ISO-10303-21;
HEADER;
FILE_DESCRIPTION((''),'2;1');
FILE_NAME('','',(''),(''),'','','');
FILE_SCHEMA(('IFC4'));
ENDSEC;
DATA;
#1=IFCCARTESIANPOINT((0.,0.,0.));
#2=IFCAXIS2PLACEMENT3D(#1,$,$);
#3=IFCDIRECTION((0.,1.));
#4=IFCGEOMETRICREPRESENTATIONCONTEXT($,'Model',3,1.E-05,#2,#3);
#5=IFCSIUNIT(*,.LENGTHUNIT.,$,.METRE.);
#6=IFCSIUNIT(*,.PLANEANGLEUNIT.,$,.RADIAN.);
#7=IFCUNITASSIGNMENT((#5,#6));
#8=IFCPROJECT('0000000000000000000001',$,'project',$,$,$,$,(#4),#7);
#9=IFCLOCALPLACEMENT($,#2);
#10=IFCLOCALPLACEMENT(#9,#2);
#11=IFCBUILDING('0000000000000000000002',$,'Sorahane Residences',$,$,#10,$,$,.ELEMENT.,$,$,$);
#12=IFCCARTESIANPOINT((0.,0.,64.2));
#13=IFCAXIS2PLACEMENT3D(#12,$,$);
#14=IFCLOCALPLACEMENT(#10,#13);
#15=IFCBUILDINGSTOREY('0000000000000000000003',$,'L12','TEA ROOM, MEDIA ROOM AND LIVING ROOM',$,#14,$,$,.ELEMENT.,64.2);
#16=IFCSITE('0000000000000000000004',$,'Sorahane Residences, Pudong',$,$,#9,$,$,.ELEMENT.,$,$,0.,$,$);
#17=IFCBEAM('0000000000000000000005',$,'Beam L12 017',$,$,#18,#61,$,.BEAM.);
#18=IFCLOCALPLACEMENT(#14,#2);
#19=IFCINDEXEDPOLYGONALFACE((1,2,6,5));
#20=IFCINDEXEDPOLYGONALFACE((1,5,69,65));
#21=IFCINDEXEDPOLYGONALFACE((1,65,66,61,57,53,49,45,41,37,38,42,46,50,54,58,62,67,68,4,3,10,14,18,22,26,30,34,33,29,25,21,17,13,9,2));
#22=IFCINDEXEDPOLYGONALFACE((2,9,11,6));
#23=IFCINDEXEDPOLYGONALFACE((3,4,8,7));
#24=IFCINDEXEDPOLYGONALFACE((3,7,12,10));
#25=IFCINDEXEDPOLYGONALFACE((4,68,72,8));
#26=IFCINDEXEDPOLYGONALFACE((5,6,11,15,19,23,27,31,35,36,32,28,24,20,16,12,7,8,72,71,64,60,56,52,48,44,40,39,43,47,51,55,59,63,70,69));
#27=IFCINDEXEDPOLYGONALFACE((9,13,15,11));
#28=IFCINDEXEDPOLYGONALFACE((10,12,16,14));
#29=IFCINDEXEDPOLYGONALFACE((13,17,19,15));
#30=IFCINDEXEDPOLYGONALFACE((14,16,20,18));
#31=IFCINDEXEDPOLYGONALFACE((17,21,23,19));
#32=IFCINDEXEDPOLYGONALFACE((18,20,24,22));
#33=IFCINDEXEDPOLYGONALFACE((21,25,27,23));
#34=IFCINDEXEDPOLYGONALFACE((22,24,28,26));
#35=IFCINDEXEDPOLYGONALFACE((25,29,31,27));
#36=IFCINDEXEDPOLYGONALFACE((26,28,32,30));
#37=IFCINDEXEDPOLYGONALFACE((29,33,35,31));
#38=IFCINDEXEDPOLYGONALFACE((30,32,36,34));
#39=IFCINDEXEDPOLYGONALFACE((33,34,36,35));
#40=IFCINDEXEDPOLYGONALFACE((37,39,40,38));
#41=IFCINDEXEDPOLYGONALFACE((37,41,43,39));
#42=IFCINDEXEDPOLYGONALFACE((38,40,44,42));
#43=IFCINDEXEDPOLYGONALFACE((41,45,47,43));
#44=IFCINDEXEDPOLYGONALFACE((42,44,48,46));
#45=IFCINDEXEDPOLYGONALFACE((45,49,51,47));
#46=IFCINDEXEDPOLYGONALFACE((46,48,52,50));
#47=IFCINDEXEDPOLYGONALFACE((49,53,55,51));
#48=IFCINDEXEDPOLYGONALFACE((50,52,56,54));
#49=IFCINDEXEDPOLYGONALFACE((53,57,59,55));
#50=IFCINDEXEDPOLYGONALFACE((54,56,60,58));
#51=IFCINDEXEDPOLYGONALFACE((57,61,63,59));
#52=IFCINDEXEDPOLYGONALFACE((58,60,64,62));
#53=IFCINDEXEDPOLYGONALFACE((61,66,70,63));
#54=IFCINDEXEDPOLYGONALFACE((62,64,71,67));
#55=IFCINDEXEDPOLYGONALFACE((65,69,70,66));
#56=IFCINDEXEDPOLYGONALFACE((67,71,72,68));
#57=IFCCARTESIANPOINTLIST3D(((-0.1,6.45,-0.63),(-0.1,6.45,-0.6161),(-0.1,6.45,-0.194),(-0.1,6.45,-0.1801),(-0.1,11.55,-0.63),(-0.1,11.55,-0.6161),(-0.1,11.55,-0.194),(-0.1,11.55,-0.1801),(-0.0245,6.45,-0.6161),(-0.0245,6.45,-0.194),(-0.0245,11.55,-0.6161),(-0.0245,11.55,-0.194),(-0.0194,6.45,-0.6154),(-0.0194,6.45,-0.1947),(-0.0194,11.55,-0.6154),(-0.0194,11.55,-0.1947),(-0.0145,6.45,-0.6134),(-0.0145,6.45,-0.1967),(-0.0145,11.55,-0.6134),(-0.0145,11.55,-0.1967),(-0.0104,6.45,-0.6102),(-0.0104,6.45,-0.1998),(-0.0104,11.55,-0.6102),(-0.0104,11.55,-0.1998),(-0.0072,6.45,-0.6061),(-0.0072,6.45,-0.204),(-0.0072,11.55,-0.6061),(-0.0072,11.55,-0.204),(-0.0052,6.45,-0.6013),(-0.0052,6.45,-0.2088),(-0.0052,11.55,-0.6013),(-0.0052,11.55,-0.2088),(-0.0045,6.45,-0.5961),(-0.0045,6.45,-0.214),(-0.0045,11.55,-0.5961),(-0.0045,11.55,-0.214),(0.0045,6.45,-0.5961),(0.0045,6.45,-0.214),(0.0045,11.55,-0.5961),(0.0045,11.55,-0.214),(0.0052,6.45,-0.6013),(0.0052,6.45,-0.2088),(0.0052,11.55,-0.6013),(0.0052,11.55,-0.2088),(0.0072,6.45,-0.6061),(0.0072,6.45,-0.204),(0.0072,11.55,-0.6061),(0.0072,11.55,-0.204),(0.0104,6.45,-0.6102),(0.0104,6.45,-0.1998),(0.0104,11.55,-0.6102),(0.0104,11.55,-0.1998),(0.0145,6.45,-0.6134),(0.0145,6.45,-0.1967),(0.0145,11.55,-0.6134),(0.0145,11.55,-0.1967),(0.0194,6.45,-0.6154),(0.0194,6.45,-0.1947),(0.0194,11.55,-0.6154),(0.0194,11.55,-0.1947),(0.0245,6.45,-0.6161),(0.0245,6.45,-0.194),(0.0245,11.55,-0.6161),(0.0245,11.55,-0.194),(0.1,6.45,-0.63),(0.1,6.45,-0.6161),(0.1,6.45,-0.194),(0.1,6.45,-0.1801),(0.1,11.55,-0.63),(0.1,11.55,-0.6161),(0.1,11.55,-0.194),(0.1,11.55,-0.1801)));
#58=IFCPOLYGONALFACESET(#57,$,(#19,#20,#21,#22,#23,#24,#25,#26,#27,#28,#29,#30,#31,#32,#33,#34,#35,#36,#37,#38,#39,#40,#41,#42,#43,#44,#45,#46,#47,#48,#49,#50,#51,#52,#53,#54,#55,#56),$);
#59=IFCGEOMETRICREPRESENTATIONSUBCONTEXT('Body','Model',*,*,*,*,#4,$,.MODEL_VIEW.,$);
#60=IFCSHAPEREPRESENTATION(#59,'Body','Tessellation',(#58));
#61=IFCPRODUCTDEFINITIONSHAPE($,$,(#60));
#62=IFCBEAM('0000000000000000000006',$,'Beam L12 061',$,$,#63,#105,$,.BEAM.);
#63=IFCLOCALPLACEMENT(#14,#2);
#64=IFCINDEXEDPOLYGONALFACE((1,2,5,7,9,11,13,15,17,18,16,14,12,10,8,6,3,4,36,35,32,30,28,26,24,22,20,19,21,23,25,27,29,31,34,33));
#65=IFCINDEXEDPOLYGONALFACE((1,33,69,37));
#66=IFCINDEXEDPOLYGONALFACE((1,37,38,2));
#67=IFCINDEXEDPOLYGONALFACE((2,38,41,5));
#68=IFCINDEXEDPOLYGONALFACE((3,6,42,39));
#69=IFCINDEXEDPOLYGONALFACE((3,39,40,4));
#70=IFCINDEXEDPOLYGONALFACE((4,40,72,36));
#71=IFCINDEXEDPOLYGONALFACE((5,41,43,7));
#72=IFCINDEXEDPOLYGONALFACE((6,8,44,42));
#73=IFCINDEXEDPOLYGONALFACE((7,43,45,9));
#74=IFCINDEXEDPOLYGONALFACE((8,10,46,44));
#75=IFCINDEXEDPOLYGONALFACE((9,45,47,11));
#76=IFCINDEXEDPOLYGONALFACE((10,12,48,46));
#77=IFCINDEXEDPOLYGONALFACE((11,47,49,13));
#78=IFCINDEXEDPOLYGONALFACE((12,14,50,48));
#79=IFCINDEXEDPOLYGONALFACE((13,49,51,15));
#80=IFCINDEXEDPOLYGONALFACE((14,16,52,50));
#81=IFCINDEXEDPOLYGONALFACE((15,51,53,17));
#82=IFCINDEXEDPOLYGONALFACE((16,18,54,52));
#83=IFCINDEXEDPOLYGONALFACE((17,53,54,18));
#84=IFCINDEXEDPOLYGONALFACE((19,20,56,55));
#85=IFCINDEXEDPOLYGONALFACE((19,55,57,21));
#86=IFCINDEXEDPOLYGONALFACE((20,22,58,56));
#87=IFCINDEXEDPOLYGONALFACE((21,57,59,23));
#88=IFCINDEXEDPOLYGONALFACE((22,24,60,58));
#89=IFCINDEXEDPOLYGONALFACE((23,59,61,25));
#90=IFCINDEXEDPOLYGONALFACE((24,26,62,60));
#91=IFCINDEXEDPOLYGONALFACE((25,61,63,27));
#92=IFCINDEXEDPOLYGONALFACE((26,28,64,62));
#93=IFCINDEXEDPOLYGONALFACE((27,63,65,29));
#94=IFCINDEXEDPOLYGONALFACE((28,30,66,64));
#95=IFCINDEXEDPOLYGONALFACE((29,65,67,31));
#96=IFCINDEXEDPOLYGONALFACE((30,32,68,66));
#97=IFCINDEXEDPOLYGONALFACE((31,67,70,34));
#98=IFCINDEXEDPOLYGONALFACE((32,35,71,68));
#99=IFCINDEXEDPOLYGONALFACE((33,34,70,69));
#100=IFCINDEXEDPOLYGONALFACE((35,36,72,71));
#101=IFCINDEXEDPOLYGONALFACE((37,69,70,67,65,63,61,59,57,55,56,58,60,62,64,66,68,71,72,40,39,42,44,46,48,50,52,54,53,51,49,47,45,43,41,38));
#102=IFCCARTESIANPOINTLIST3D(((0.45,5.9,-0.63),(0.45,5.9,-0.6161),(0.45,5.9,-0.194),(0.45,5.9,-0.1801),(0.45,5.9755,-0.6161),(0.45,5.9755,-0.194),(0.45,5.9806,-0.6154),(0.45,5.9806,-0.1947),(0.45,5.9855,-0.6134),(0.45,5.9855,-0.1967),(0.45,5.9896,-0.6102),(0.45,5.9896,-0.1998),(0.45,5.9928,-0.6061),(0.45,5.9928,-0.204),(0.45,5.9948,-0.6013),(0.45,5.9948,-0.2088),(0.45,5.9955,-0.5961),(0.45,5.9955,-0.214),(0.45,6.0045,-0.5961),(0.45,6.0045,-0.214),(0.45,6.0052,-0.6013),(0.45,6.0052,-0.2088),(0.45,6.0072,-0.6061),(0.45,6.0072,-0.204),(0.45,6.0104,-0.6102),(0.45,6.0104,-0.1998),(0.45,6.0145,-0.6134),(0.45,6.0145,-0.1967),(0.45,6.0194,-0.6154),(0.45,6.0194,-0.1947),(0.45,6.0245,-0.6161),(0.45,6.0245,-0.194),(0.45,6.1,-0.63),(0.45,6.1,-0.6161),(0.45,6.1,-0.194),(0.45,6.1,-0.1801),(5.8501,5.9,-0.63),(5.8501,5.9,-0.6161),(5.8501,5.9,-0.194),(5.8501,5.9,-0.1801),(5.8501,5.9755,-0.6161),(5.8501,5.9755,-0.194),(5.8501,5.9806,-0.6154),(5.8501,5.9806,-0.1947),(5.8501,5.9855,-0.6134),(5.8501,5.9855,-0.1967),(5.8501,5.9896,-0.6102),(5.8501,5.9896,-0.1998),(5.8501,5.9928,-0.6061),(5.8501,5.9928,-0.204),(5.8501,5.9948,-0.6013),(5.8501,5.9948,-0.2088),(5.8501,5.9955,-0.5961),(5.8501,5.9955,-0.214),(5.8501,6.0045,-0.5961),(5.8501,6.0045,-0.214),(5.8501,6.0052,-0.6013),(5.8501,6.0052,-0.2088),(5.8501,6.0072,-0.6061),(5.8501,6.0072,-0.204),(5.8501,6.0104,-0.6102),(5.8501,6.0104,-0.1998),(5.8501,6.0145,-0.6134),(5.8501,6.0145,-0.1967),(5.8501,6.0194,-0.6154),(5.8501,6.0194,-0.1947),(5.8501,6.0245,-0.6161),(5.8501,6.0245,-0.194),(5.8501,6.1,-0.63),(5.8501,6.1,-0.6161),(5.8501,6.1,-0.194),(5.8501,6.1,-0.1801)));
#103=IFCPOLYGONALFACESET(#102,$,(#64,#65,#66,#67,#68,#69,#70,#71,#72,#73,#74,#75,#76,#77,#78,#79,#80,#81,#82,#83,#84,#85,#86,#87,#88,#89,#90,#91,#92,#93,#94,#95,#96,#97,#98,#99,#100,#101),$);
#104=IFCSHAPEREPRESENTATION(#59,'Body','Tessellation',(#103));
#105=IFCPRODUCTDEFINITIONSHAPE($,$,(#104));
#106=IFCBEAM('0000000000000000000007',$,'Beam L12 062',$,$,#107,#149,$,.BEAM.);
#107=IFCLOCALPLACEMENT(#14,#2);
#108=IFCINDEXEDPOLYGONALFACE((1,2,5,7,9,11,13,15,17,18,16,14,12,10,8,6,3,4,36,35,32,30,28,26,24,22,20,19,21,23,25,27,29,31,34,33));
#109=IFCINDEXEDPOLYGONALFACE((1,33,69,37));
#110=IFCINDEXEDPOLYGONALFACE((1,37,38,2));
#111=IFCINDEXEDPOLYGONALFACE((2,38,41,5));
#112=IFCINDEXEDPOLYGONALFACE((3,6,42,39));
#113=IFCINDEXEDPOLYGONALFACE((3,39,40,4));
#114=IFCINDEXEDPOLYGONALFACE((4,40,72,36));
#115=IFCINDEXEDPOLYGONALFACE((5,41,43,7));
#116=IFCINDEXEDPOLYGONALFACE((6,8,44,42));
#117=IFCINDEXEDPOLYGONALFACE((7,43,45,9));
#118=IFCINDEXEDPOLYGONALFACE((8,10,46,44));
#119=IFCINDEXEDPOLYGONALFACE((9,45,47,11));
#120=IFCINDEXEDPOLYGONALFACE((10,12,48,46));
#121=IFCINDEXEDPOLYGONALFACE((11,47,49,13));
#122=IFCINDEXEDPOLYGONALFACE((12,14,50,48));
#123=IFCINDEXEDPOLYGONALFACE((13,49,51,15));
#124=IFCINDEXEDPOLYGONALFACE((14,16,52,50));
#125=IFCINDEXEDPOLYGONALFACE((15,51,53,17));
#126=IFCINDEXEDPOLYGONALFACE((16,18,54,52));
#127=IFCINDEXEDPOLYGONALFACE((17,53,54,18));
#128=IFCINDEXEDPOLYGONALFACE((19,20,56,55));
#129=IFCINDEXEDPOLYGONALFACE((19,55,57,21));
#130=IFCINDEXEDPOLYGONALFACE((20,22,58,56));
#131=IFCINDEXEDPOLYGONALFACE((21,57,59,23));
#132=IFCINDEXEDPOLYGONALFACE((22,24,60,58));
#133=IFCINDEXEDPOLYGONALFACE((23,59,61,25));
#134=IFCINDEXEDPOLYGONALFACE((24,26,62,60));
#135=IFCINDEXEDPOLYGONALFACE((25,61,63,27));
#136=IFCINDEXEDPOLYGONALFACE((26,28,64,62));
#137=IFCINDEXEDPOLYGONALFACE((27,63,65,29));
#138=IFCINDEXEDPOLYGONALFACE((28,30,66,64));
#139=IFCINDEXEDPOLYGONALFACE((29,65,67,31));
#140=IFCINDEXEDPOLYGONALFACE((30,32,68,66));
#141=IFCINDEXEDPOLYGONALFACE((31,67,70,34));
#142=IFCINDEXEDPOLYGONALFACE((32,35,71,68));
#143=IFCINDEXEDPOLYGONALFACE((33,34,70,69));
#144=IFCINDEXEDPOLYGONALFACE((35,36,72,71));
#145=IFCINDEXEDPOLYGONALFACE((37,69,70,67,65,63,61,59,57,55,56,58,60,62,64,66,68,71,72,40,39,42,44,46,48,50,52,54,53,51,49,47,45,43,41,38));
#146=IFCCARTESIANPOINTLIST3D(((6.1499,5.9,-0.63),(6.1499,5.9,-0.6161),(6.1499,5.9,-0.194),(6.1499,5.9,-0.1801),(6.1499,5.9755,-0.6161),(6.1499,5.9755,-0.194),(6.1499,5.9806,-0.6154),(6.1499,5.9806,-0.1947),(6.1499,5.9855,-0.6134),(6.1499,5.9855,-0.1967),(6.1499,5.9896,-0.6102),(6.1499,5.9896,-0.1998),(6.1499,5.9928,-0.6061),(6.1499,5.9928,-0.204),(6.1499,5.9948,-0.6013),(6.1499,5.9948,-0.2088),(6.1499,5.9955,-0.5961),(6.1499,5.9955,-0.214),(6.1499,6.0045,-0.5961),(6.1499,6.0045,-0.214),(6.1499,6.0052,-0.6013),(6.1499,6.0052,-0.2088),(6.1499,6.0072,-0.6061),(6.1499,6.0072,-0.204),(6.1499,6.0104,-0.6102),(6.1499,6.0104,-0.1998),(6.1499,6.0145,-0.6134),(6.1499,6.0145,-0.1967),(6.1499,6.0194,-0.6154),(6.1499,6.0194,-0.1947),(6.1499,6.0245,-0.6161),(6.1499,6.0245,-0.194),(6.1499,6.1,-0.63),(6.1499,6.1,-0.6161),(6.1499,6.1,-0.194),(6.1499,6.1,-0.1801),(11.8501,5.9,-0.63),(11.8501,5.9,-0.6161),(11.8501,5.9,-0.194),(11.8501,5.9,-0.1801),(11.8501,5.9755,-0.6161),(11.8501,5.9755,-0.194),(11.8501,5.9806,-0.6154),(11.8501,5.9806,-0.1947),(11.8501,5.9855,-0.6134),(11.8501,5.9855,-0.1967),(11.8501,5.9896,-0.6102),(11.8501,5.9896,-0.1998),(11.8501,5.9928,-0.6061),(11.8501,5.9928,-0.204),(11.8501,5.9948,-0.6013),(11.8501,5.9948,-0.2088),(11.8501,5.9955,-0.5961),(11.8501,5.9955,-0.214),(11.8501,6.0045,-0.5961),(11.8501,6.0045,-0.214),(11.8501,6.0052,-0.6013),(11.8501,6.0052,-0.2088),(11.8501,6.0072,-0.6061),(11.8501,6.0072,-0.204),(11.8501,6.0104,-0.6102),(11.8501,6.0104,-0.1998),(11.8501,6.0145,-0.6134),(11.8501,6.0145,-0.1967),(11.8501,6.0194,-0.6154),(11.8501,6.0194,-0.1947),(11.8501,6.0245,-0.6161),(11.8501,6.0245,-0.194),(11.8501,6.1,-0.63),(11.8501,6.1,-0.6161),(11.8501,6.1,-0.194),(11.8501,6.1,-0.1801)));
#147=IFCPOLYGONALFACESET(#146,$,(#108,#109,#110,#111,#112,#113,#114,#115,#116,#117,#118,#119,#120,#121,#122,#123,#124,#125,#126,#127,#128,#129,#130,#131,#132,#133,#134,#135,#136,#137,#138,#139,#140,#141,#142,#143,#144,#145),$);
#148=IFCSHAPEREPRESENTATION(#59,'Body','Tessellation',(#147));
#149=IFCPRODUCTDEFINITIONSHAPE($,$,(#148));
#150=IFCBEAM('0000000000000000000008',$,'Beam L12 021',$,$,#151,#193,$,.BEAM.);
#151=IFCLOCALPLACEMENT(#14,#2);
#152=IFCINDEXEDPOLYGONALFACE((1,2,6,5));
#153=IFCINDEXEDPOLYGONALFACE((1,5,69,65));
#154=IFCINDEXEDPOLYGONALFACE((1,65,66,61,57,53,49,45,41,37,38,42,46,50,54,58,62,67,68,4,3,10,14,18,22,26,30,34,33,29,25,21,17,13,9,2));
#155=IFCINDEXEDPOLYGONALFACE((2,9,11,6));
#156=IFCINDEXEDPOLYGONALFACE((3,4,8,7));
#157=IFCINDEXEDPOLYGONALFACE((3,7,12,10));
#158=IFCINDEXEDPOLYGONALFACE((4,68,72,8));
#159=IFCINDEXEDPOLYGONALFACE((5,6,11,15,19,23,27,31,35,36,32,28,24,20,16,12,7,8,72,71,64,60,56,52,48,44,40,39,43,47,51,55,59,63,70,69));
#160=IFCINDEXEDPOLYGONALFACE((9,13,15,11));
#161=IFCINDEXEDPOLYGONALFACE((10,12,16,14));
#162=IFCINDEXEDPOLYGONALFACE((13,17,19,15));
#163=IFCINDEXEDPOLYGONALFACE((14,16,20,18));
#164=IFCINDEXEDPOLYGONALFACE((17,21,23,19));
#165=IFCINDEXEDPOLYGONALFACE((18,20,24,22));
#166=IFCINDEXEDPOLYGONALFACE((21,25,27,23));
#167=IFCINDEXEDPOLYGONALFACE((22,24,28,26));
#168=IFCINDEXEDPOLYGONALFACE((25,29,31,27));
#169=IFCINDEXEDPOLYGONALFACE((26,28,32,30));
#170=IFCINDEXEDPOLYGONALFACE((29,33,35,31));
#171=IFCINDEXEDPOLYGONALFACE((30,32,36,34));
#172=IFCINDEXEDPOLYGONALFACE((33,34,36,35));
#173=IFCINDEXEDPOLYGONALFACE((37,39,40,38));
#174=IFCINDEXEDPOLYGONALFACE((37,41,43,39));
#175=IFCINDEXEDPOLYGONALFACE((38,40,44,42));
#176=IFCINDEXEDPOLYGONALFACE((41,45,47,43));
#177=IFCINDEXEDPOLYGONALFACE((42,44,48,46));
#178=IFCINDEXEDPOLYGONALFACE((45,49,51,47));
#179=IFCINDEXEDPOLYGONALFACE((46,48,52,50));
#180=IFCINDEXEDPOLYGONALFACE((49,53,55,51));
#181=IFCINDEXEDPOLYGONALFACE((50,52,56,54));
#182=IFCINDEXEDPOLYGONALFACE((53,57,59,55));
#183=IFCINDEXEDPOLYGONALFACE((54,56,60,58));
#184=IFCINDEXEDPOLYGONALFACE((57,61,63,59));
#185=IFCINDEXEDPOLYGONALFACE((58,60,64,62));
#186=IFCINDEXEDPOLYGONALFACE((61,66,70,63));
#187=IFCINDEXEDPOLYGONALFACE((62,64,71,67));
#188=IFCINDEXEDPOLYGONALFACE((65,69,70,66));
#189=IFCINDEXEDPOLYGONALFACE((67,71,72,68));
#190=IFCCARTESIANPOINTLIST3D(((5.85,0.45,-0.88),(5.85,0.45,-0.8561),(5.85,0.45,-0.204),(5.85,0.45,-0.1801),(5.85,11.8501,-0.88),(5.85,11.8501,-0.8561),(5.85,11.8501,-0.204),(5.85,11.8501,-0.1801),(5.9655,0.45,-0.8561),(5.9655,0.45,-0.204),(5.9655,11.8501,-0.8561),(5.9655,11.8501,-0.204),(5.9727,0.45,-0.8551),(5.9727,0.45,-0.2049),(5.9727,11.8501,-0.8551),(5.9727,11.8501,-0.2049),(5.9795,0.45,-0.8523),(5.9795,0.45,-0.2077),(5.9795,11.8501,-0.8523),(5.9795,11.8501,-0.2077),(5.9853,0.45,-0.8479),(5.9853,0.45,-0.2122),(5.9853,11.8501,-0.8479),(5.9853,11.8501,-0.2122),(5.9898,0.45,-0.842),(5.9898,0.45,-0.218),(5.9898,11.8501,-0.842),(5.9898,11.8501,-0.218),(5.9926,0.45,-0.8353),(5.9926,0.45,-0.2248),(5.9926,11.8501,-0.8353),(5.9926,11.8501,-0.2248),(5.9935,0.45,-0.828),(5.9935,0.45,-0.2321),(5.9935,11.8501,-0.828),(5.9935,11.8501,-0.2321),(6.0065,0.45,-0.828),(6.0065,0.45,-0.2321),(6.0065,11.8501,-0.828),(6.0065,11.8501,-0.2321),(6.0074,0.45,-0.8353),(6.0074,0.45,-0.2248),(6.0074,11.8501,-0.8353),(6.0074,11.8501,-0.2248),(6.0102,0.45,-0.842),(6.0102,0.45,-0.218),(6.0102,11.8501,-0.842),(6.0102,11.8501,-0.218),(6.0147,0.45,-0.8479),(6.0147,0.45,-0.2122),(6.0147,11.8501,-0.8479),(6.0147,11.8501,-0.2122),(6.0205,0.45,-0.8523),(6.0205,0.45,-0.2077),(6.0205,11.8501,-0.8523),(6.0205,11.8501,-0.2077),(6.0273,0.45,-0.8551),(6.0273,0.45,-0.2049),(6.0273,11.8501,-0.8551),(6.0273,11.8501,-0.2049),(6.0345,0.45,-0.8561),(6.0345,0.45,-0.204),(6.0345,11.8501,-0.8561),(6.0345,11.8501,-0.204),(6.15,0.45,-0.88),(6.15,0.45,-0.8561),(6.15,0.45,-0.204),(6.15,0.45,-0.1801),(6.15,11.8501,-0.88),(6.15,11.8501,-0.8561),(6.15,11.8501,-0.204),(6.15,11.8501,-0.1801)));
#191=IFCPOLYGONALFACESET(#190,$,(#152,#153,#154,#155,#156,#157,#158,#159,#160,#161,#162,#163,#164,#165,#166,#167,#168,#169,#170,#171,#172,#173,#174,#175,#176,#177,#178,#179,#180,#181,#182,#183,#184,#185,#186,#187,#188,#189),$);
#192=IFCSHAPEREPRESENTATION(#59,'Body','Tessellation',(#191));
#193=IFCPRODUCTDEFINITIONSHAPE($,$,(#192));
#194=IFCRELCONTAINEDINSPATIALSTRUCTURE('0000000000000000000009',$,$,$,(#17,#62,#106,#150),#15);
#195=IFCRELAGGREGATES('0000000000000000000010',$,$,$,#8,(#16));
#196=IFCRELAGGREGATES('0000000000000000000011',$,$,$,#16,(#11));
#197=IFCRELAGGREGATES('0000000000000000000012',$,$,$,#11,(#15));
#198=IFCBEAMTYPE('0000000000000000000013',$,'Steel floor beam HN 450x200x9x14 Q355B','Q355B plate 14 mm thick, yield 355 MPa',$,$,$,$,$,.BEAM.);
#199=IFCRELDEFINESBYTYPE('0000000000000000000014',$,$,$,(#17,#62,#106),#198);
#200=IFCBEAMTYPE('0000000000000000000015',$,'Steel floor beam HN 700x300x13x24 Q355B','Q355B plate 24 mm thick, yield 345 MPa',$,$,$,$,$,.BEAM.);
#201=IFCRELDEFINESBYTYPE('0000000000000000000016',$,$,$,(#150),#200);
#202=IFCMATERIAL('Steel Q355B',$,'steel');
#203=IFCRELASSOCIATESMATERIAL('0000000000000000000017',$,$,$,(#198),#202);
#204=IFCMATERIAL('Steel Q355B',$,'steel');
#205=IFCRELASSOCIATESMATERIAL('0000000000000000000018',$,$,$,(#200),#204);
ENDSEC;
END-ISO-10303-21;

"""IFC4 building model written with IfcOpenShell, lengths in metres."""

from ifc_helpers import new_model, si_unit, direction, frame, origin, origin_2d, place, context, subcontext, project, spatial, i_section, extrude, material, material_profile, profile_set, type_object, element, save


model = new_model("IFC4")

# Units and contexts
model_context = context("Model", 3, precision=1e-05, world=origin(), true_north=direction((0.0, 1.0)))
body_context = subcontext(model_context, "Body", "Model", "MODEL_VIEW")
ifc_project = project(units=[si_unit("LENGTHUNIT", "METRE"), si_unit("PLANEANGLEUNIT", "RADIAN")], contexts=[model_context])

# Site, building, storey
site_placement = place(None, origin())
site = spatial("IfcSite", under=ifc_project, at=site_placement, Name="Sorahane Residences, Pudong", CompositionType="ELEMENT", RefElevation=0.0)
building_placement = place(site_placement, origin())
building = spatial("IfcBuilding", under=site, at=building_placement, Name="Sorahane Residences", CompositionType="ELEMENT")
storey_placement = place(building_placement, frame((0.0, 0.0, 64.2)))
storey = spatial("IfcBuildingStorey", under=building, at=storey_placement, Name="L12", Description="TEA ROOM, MEDIA ROOM AND LIVING ROOM", CompositionType="ELEMENT", Elevation=64.2)

# Beams
ifc_material_1 = material(Name="Steel Q355B", Category="steel")
ifc_material_profile_1 = material_profile(ifc_material_1, i_section(OverallWidth=0.2, OverallDepth=0.45, WebThickness=0.009, FlangeThickness=0.0139, FilletRadius=0.02, at=origin_2d()), Name="HN 450x200x9x14")
ifc_profile_set_1 = profile_set([ifc_material_profile_1], Name="Steel Q355B")
beam_type_1 = type_object("IfcBeamType", Name="Steel floor beam HN 450x200x9x14 Q355B", Description="Q355B plate 14 mm thick, yield 355 MPa", PredefinedType="BEAM", material=ifc_profile_set_1)
for number, where, z_axis, x_axis, name in (
    (1, (0.0, 6.45, -0.405), (0.0, 1.0, 0.0), (-1.0, 0.0, 0.0), "Beam L12 017"),
):
    element("IfcBeam", number, at=place(storey_placement, frame(where, z_axis=z_axis, x_axis=x_axis)), inside=storey, type_object=beam_type_1, Name=name, PredefinedType="BEAM", context=body_context, shape_type="SweptSolid", body=[
        extrude(i_section(OverallWidth=0.2, OverallDepth=0.45, WebThickness=0.009, FlangeThickness=0.0139, FilletRadius=0.02, at=origin_2d()), origin(), (0.0, 0.0, 1.0), 5.1001),
    ])
beam_1_placement = place(storey_placement, frame((0.45, 6.0, -0.405), z_axis=(1.0, 0.0, 0.0), x_axis=(0.0, 1.0, 0.0)))
element("IfcBeam", 2, at=beam_1_placement, inside=storey, type_object=beam_type_1, Name="Beam L12 061", PredefinedType="BEAM", context=body_context, shape_type="SweptSolid", body=[
    extrude(i_section(OverallWidth=0.2, OverallDepth=0.45, WebThickness=0.009, FlangeThickness=0.0139, FilletRadius=0.02, at=origin_2d()), origin(), (0.0, 0.0, 1.0), 5.4001),
])
beam_2_placement = place(storey_placement, frame((6.1499, 6.0, -0.405), z_axis=(1.0, 0.0, 0.0), x_axis=(0.0, 1.0, 0.0)))
element("IfcBeam", 3, at=beam_2_placement, inside=storey, type_object=beam_type_1, Name="Beam L12 062", PredefinedType="BEAM", context=body_context, shape_type="SweptSolid", body=[
    extrude(i_section(OverallWidth=0.2, OverallDepth=0.45, WebThickness=0.009, FlangeThickness=0.0139, FilletRadius=0.02, at=origin_2d()), origin(), (0.0, 0.0, 1.0), 5.7002),
])
ifc_material_2 = material(Name="Steel Q355B", Category="steel")
ifc_material_profile_2 = material_profile(ifc_material_2, i_section(OverallWidth=0.3, OverallDepth=0.7, WebThickness=0.0129, FlangeThickness=0.0239, FilletRadius=0.0281, at=origin_2d()), Name="HN 700x300x13x24")
ifc_profile_set_2 = profile_set([ifc_material_profile_2], Name="Steel Q355B")
beam_type_2 = type_object("IfcBeamType", Name="Steel floor beam HN 700x300x13x24 Q355B", Description="Q355B plate 24 mm thick, yield 345 MPa", PredefinedType="BEAM", material=ifc_profile_set_2)
beam_3_placement = place(storey_placement, frame((6.0, 0.45, -0.53), z_axis=(0.0, 1.0, 0.0), x_axis=(-1.0, 0.0, 0.0)))
element("IfcBeam", 4, at=beam_3_placement, inside=storey, type_object=beam_type_2, Name="Beam L12 021", PredefinedType="BEAM", context=body_context, shape_type="SweptSolid", body=[
    extrude(i_section(OverallWidth=0.3, OverallDepth=0.7, WebThickness=0.0129, FlangeThickness=0.0239, FilletRadius=0.0281, at=origin_2d()), origin(), (0.0, 0.0, 1.0), 11.4001),
])

save(model, "model.ifc")
